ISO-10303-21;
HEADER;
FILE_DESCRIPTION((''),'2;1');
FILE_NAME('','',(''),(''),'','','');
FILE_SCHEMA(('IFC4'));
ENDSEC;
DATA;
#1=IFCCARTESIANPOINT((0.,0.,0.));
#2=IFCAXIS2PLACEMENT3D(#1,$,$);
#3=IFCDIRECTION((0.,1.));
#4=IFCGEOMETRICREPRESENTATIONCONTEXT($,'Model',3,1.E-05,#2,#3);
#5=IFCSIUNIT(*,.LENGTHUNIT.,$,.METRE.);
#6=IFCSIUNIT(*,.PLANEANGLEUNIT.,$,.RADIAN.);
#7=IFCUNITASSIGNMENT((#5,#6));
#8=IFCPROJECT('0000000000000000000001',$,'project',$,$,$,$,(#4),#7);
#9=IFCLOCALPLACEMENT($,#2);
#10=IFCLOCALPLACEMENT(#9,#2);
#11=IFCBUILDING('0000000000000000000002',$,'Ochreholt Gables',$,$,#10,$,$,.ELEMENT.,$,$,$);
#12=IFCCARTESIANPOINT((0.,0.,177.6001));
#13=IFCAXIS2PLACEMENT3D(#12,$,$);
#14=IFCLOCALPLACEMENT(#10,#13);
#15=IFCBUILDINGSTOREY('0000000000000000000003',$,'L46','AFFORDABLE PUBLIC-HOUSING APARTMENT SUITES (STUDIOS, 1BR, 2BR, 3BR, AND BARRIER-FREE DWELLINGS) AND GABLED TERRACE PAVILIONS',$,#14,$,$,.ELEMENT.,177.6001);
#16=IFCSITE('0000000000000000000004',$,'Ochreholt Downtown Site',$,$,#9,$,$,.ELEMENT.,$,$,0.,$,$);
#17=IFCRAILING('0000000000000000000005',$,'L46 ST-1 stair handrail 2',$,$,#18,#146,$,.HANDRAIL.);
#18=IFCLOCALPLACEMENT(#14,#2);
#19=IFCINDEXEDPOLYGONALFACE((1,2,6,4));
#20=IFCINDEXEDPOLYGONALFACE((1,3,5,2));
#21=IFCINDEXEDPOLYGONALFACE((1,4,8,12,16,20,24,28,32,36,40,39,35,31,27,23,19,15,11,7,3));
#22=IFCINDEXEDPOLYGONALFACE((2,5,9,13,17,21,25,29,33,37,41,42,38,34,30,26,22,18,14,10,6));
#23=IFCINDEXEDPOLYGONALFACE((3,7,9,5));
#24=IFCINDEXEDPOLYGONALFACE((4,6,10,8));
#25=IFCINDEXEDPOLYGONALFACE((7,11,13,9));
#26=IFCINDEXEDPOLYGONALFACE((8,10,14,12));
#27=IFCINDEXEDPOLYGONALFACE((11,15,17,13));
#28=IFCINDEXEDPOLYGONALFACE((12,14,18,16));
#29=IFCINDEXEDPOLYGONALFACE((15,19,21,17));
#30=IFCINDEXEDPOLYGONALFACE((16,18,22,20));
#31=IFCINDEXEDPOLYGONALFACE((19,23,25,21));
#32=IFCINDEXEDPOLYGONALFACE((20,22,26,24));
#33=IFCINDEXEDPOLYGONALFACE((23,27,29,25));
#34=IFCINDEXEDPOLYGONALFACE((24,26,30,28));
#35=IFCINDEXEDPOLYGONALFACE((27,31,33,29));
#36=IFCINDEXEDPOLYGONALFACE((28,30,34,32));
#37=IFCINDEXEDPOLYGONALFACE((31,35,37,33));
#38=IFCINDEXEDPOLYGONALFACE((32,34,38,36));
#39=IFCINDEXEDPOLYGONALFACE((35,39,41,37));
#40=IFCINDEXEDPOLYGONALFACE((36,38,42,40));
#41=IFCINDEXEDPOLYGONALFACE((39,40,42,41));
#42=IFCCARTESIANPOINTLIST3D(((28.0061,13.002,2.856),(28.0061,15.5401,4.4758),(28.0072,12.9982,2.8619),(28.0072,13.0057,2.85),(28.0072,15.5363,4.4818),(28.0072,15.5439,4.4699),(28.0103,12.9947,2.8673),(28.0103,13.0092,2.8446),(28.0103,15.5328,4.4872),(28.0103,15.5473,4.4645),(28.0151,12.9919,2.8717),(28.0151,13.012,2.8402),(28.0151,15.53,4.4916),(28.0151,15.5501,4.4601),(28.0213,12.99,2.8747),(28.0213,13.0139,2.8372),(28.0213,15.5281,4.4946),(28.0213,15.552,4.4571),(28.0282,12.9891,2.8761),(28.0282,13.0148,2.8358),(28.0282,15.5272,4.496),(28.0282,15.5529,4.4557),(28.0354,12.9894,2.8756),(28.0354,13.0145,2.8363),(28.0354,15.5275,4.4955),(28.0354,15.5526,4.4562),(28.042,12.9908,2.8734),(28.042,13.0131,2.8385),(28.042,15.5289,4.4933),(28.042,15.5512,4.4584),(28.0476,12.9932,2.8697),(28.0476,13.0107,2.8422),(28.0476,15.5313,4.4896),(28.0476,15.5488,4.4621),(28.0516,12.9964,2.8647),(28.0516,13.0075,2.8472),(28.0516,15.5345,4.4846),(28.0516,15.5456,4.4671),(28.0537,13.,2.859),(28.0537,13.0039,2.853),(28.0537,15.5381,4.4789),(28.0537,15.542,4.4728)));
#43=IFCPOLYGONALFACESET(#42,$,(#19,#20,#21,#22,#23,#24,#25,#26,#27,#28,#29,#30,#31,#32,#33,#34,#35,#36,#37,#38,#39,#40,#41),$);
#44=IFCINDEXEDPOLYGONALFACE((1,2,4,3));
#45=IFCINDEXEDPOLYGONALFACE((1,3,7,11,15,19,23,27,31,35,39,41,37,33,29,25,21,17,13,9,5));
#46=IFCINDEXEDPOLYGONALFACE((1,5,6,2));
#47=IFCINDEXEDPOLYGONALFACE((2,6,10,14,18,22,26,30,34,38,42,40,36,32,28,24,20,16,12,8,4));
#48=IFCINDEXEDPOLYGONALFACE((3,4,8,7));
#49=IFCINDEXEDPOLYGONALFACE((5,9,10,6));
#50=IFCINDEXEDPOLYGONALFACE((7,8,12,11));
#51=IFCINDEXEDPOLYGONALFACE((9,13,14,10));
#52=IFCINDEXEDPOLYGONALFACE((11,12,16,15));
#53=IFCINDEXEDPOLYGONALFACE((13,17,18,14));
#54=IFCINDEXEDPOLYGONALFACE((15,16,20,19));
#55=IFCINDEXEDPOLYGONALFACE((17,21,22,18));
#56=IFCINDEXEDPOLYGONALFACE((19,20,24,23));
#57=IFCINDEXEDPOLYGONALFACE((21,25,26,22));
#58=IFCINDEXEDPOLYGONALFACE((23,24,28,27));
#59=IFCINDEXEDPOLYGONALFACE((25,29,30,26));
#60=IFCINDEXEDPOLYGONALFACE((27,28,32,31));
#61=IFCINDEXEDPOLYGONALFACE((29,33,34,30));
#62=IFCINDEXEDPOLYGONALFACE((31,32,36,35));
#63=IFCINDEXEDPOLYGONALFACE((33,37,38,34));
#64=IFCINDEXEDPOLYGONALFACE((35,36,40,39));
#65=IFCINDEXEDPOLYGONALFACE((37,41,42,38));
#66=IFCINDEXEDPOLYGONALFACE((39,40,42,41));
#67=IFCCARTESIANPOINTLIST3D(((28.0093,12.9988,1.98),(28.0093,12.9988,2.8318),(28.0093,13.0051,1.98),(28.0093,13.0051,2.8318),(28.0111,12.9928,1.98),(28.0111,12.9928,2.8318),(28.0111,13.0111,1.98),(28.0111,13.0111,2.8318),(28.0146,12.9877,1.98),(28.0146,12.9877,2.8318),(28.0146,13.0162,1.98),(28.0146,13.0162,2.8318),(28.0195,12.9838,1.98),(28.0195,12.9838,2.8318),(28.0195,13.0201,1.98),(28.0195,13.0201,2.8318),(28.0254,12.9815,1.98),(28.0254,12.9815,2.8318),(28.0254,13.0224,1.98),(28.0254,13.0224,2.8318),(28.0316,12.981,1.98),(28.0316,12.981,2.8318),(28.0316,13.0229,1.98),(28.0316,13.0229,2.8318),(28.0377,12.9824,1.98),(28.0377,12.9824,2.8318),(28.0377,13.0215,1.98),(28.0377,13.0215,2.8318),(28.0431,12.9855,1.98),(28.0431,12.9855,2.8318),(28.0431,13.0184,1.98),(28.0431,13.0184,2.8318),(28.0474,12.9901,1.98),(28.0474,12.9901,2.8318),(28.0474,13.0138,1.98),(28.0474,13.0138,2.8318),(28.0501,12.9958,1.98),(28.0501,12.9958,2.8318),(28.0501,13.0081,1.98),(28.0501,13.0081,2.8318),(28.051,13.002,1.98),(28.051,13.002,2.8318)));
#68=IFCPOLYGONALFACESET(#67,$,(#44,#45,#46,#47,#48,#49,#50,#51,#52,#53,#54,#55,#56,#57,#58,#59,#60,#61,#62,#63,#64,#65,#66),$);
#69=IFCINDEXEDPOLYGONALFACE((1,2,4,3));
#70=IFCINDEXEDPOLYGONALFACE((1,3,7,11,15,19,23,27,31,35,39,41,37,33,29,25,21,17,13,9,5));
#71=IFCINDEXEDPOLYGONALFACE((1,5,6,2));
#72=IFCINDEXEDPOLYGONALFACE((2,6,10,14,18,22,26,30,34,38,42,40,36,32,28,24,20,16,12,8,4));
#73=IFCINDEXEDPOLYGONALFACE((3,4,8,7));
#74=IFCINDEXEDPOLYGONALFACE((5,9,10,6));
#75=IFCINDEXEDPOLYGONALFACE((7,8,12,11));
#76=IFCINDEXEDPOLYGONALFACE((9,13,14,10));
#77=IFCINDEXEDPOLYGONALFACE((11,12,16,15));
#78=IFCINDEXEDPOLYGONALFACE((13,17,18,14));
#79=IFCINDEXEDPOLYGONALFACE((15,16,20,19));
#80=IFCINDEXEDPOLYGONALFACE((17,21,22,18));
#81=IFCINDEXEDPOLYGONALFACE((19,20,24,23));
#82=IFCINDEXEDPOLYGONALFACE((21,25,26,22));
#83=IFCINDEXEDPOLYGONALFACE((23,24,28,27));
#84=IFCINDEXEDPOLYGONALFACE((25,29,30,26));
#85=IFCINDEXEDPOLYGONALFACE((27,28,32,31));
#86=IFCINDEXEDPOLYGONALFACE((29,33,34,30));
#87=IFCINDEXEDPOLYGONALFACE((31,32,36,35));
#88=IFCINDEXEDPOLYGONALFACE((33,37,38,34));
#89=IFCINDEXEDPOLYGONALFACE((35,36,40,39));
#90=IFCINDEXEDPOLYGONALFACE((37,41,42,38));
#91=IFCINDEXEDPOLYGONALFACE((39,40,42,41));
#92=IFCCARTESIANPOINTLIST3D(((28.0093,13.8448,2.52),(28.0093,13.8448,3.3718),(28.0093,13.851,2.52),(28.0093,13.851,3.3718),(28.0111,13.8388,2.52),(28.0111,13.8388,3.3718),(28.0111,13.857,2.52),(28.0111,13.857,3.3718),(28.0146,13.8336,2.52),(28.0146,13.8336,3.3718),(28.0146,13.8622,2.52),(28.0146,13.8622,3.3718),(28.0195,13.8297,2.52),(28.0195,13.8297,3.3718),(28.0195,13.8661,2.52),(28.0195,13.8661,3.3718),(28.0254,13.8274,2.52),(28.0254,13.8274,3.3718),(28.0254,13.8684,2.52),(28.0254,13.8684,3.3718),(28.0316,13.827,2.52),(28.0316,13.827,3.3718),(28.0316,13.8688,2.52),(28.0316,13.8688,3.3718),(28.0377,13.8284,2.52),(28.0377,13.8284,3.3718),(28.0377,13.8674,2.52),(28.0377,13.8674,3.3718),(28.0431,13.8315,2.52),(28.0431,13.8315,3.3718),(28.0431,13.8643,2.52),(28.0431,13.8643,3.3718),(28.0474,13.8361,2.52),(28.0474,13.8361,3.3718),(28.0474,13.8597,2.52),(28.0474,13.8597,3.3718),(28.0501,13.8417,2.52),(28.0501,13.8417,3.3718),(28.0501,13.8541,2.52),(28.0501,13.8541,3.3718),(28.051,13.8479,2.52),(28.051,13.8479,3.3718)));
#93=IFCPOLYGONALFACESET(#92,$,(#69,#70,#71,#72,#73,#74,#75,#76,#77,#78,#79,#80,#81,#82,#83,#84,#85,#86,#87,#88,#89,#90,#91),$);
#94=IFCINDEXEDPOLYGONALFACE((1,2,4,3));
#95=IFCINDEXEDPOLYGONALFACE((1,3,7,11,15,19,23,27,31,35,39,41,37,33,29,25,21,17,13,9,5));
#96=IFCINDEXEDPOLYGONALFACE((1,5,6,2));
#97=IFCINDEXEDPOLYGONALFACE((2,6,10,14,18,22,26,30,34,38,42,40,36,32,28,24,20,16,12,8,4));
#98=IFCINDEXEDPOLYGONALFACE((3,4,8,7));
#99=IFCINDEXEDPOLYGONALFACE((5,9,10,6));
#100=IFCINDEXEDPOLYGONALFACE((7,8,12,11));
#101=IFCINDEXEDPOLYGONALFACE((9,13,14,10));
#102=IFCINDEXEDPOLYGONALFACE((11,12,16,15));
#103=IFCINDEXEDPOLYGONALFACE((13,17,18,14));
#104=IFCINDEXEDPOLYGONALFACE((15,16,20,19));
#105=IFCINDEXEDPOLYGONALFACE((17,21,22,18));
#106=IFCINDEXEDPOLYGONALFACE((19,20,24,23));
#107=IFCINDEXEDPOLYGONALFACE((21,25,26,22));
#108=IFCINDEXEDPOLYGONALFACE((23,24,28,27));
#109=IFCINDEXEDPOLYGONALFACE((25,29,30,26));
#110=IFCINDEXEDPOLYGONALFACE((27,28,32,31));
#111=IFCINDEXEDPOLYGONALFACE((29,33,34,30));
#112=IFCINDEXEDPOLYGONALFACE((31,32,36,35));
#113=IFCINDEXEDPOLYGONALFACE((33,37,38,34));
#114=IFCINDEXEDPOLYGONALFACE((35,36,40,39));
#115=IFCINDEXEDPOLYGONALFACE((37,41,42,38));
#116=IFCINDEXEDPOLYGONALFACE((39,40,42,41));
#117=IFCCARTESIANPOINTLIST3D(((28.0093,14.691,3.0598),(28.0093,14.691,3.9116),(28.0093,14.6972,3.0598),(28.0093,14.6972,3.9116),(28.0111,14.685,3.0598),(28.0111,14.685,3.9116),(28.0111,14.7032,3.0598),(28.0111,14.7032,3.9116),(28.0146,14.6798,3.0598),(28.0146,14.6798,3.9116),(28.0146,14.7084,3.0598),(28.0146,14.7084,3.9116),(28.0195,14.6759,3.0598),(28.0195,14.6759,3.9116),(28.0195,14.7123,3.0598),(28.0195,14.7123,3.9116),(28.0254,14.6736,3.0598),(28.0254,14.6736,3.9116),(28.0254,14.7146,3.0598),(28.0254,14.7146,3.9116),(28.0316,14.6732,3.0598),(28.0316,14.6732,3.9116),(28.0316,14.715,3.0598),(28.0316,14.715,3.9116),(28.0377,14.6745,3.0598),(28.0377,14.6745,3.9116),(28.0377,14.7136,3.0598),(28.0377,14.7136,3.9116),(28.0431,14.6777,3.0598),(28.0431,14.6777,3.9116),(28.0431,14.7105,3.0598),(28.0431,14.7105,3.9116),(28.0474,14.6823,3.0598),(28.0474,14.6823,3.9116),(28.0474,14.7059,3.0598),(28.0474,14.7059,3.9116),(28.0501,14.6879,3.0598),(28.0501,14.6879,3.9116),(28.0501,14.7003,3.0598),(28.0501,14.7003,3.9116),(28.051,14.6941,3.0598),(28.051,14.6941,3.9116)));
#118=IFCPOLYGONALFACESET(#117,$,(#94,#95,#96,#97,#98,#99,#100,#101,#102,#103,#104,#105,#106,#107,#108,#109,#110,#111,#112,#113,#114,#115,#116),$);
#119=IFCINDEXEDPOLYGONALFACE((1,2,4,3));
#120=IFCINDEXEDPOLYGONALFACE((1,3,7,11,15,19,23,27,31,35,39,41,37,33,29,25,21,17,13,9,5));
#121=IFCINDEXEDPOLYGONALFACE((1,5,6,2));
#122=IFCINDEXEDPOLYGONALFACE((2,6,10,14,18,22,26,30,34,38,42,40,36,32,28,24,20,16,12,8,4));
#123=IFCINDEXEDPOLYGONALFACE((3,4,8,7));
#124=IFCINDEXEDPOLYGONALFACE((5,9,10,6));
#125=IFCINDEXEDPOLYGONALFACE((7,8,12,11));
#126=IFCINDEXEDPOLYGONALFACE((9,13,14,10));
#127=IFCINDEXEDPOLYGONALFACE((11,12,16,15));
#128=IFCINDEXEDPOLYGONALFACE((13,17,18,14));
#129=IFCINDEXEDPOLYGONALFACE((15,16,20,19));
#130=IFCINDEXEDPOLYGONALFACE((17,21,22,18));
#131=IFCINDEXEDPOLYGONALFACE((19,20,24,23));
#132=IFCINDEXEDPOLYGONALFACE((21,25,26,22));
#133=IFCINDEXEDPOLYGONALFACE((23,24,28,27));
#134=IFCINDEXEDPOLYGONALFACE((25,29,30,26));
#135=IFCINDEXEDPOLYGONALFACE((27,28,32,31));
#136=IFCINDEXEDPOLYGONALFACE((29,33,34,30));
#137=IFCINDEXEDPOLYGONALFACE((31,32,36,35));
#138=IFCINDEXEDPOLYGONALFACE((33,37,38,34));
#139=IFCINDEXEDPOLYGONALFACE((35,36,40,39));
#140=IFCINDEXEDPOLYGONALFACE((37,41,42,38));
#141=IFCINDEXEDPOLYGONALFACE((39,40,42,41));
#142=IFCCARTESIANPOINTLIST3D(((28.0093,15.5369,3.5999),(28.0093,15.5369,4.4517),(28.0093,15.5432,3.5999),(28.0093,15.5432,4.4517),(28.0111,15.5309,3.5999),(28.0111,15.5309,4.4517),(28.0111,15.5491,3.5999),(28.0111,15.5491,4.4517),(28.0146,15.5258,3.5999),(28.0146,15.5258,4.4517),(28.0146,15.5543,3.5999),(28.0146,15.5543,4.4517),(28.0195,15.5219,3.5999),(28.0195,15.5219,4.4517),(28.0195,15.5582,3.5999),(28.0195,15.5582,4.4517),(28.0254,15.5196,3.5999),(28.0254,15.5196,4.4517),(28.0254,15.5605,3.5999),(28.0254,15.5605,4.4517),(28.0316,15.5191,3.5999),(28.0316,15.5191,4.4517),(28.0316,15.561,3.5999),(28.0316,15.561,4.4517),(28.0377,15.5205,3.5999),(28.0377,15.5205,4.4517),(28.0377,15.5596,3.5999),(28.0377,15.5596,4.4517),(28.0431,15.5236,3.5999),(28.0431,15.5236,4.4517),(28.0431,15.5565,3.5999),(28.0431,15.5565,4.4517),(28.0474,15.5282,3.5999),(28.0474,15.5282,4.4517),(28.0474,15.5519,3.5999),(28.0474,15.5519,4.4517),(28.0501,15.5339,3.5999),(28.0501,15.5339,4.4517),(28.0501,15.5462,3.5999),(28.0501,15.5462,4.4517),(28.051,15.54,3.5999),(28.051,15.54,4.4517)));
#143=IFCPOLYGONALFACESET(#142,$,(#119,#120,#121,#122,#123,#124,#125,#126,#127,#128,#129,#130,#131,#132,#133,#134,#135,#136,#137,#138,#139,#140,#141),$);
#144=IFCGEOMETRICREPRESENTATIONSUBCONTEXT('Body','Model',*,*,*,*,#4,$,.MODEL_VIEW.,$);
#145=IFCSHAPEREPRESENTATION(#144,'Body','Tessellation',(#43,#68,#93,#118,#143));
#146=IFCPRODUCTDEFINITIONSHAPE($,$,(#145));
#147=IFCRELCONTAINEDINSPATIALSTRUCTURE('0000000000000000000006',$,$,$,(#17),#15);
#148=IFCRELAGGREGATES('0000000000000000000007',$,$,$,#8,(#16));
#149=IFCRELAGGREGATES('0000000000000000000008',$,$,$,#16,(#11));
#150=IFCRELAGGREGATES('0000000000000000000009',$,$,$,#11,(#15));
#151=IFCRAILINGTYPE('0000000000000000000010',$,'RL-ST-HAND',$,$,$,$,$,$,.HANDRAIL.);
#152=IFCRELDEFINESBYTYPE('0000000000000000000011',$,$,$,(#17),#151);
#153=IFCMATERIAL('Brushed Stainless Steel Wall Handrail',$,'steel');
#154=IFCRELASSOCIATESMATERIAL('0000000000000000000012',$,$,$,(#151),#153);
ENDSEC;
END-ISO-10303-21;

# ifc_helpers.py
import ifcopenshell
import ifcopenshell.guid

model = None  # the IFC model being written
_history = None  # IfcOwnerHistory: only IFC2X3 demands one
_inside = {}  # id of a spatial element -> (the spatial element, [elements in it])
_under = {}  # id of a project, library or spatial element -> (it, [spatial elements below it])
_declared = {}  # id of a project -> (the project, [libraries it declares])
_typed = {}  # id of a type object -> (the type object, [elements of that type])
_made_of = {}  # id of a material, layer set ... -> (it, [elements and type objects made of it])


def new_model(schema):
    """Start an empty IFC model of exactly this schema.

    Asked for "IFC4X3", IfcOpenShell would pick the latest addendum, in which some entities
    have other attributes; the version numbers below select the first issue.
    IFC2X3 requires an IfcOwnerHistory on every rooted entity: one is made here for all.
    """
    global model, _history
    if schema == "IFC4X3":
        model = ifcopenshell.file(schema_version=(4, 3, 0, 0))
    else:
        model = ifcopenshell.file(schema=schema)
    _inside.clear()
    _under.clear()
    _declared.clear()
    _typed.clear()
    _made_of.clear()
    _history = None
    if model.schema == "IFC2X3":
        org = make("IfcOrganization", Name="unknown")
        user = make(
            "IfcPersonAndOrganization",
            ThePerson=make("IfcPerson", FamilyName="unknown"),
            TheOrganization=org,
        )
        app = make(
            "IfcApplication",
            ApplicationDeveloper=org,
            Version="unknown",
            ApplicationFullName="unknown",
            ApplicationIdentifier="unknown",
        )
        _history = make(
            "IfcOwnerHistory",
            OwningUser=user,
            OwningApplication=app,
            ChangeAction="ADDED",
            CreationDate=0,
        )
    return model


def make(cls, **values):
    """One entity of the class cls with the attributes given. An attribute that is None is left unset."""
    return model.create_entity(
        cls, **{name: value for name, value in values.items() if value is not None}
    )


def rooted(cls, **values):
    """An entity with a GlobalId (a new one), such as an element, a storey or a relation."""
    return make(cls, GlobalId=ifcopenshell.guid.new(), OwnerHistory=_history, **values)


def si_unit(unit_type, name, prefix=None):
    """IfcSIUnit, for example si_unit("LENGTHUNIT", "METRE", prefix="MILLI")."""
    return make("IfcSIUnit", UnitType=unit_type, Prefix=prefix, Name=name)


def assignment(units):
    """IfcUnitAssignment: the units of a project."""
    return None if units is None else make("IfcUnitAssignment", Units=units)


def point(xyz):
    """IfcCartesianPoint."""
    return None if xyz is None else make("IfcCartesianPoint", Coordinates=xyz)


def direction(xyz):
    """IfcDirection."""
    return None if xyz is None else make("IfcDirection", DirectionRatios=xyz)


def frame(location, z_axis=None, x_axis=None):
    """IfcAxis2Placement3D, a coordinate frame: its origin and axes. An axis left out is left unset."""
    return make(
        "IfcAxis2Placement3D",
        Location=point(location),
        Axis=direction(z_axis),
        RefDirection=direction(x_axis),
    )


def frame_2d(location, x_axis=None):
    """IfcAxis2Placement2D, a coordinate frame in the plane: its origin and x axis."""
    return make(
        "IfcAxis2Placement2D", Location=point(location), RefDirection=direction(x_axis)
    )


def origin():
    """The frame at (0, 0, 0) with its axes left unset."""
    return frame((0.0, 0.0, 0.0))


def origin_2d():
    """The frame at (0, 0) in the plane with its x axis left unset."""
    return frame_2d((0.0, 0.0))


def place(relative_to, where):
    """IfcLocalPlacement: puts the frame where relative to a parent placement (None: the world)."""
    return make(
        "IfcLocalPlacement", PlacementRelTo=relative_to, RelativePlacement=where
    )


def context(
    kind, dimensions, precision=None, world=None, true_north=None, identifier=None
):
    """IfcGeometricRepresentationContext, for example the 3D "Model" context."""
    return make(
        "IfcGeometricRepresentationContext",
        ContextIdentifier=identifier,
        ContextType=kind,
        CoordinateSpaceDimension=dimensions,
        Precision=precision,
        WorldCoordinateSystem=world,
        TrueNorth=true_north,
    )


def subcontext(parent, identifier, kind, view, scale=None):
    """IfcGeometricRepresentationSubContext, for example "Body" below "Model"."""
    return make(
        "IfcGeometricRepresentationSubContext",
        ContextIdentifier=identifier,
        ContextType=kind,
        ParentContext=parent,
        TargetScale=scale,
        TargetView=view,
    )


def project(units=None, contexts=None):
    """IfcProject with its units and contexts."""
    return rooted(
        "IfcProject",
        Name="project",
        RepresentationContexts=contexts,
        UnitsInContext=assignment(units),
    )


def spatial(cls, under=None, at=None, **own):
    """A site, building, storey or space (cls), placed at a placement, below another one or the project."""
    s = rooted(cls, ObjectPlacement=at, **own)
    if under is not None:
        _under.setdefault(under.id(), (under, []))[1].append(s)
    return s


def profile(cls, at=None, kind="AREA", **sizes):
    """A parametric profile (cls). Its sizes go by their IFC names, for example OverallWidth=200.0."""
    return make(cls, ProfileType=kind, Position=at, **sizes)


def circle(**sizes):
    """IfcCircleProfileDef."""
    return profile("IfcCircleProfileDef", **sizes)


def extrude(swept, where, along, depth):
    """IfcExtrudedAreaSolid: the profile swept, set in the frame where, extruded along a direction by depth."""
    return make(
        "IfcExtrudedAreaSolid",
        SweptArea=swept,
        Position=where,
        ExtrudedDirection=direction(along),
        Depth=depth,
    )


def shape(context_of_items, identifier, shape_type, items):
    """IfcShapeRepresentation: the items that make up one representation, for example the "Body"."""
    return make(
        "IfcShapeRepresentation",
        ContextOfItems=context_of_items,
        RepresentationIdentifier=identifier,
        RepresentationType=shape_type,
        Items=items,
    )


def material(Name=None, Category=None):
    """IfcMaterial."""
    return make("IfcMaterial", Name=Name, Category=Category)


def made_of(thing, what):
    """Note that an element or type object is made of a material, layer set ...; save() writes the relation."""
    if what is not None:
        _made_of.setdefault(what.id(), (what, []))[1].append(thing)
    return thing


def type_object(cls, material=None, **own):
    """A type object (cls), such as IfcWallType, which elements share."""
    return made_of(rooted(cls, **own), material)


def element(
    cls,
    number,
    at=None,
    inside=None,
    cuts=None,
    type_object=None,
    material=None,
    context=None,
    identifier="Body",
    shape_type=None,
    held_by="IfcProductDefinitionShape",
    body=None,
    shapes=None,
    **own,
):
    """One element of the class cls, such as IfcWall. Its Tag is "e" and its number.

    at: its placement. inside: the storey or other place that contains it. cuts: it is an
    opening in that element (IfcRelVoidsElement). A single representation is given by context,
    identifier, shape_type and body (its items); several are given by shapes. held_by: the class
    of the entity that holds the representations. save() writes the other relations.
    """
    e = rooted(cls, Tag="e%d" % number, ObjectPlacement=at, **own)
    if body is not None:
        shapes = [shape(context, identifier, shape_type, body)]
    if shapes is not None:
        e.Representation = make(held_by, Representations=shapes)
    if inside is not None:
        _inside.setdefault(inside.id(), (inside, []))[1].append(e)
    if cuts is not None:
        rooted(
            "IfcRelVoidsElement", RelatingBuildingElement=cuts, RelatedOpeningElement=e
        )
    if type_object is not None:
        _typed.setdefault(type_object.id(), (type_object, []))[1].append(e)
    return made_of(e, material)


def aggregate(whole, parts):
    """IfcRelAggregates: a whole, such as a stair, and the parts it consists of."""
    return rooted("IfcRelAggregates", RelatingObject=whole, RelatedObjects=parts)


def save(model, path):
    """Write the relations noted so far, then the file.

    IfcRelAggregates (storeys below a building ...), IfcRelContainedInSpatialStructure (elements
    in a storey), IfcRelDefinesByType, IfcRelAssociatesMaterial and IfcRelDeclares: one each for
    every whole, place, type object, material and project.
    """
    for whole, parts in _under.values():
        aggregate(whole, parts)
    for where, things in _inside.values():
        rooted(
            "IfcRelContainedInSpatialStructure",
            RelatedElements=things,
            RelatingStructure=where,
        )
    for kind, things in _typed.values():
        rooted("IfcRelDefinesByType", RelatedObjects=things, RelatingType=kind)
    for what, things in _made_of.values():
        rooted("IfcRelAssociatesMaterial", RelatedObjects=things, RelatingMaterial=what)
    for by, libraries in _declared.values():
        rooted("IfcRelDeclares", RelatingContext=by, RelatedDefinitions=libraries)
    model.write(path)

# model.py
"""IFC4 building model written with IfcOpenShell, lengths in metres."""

from ifc_helpers import new_model, si_unit, direction, frame, origin, origin_2d, place, context, subcontext, project, spatial, circle, extrude, material, type_object, element, save


model = new_model("IFC4")

# Units and contexts
model_context = context("Model", 3, precision=1e-05, world=origin(), true_north=direction((0.0, 1.0)))
body_context = subcontext(model_context, "Body", "Model", "MODEL_VIEW")
ifc_project = project(units=[si_unit("LENGTHUNIT", "METRE"), si_unit("PLANEANGLEUNIT", "RADIAN")], contexts=[model_context])

# Site, building, storey
site_placement = place(None, origin())
site = spatial("IfcSite", under=ifc_project, at=site_placement, Name="Ochreholt Downtown Site", CompositionType="ELEMENT", RefElevation=0.0)
building_placement = place(site_placement, origin())
building = spatial("IfcBuilding", under=site, at=building_placement, Name="Ochreholt Gables", CompositionType="ELEMENT")
storey_placement = place(building_placement, frame((0.0, 0.0, 177.6001)))
storey = spatial("IfcBuildingStorey", under=building, at=storey_placement, Name="L46", Description="AFFORDABLE PUBLIC-HOUSING APARTMENT SUITES (STUDIOS, 1BR, 2BR, 3BR, AND BARRIER-FREE DWELLINGS) AND GABLED TERRACE PAVILIONS", CompositionType="ELEMENT", Elevation=177.6001)

# Railing
ifc_material_1 = material(Name="Brushed Stainless Steel Wall Handrail", Category="steel")
railing_type_1 = type_object("IfcRailingType", Name="RL-ST-HAND", PredefinedType="HANDRAIL", material=ifc_material_1)
railing_1_placement = place(storey_placement, frame((28.03, 13.002, 1.98)))
element("IfcRailing", 1, at=railing_1_placement, inside=storey, type_object=railing_type_1, Name="L46 ST-1 stair handrail 2", PredefinedType="HANDRAIL", context=body_context, shape_type="SweptSolid", body=[
    extrude(circle(Radius=0.0239, at=origin_2d()), frame((0.0, 0.0, 0.876), z_axis=(0.0, 0.84295, 0.537993), x_axis=(-1.0, 0.0, 0.0)), (0.0, 0.0, 1.0), 3.011),
    extrude(circle(Radius=0.021, at=origin_2d()), origin(), (0.0, 0.0, 1.0), 0.8518),
    extrude(circle(Radius=0.021, at=origin_2d()), frame((0.0, 0.8459, 0.54)), (0.0, 0.0, 1.0), 0.8518),
    extrude(circle(Radius=0.021, at=origin_2d()), frame((0.0, 1.6921, 1.0798)), (0.0, 0.0, 1.0), 0.8518),
    extrude(circle(Radius=0.021, at=origin_2d()), frame((0.0, 2.5381, 1.6199)), (0.0, 0.0, 1.0), 0.8518),
])

save(model, "model.ifc")
